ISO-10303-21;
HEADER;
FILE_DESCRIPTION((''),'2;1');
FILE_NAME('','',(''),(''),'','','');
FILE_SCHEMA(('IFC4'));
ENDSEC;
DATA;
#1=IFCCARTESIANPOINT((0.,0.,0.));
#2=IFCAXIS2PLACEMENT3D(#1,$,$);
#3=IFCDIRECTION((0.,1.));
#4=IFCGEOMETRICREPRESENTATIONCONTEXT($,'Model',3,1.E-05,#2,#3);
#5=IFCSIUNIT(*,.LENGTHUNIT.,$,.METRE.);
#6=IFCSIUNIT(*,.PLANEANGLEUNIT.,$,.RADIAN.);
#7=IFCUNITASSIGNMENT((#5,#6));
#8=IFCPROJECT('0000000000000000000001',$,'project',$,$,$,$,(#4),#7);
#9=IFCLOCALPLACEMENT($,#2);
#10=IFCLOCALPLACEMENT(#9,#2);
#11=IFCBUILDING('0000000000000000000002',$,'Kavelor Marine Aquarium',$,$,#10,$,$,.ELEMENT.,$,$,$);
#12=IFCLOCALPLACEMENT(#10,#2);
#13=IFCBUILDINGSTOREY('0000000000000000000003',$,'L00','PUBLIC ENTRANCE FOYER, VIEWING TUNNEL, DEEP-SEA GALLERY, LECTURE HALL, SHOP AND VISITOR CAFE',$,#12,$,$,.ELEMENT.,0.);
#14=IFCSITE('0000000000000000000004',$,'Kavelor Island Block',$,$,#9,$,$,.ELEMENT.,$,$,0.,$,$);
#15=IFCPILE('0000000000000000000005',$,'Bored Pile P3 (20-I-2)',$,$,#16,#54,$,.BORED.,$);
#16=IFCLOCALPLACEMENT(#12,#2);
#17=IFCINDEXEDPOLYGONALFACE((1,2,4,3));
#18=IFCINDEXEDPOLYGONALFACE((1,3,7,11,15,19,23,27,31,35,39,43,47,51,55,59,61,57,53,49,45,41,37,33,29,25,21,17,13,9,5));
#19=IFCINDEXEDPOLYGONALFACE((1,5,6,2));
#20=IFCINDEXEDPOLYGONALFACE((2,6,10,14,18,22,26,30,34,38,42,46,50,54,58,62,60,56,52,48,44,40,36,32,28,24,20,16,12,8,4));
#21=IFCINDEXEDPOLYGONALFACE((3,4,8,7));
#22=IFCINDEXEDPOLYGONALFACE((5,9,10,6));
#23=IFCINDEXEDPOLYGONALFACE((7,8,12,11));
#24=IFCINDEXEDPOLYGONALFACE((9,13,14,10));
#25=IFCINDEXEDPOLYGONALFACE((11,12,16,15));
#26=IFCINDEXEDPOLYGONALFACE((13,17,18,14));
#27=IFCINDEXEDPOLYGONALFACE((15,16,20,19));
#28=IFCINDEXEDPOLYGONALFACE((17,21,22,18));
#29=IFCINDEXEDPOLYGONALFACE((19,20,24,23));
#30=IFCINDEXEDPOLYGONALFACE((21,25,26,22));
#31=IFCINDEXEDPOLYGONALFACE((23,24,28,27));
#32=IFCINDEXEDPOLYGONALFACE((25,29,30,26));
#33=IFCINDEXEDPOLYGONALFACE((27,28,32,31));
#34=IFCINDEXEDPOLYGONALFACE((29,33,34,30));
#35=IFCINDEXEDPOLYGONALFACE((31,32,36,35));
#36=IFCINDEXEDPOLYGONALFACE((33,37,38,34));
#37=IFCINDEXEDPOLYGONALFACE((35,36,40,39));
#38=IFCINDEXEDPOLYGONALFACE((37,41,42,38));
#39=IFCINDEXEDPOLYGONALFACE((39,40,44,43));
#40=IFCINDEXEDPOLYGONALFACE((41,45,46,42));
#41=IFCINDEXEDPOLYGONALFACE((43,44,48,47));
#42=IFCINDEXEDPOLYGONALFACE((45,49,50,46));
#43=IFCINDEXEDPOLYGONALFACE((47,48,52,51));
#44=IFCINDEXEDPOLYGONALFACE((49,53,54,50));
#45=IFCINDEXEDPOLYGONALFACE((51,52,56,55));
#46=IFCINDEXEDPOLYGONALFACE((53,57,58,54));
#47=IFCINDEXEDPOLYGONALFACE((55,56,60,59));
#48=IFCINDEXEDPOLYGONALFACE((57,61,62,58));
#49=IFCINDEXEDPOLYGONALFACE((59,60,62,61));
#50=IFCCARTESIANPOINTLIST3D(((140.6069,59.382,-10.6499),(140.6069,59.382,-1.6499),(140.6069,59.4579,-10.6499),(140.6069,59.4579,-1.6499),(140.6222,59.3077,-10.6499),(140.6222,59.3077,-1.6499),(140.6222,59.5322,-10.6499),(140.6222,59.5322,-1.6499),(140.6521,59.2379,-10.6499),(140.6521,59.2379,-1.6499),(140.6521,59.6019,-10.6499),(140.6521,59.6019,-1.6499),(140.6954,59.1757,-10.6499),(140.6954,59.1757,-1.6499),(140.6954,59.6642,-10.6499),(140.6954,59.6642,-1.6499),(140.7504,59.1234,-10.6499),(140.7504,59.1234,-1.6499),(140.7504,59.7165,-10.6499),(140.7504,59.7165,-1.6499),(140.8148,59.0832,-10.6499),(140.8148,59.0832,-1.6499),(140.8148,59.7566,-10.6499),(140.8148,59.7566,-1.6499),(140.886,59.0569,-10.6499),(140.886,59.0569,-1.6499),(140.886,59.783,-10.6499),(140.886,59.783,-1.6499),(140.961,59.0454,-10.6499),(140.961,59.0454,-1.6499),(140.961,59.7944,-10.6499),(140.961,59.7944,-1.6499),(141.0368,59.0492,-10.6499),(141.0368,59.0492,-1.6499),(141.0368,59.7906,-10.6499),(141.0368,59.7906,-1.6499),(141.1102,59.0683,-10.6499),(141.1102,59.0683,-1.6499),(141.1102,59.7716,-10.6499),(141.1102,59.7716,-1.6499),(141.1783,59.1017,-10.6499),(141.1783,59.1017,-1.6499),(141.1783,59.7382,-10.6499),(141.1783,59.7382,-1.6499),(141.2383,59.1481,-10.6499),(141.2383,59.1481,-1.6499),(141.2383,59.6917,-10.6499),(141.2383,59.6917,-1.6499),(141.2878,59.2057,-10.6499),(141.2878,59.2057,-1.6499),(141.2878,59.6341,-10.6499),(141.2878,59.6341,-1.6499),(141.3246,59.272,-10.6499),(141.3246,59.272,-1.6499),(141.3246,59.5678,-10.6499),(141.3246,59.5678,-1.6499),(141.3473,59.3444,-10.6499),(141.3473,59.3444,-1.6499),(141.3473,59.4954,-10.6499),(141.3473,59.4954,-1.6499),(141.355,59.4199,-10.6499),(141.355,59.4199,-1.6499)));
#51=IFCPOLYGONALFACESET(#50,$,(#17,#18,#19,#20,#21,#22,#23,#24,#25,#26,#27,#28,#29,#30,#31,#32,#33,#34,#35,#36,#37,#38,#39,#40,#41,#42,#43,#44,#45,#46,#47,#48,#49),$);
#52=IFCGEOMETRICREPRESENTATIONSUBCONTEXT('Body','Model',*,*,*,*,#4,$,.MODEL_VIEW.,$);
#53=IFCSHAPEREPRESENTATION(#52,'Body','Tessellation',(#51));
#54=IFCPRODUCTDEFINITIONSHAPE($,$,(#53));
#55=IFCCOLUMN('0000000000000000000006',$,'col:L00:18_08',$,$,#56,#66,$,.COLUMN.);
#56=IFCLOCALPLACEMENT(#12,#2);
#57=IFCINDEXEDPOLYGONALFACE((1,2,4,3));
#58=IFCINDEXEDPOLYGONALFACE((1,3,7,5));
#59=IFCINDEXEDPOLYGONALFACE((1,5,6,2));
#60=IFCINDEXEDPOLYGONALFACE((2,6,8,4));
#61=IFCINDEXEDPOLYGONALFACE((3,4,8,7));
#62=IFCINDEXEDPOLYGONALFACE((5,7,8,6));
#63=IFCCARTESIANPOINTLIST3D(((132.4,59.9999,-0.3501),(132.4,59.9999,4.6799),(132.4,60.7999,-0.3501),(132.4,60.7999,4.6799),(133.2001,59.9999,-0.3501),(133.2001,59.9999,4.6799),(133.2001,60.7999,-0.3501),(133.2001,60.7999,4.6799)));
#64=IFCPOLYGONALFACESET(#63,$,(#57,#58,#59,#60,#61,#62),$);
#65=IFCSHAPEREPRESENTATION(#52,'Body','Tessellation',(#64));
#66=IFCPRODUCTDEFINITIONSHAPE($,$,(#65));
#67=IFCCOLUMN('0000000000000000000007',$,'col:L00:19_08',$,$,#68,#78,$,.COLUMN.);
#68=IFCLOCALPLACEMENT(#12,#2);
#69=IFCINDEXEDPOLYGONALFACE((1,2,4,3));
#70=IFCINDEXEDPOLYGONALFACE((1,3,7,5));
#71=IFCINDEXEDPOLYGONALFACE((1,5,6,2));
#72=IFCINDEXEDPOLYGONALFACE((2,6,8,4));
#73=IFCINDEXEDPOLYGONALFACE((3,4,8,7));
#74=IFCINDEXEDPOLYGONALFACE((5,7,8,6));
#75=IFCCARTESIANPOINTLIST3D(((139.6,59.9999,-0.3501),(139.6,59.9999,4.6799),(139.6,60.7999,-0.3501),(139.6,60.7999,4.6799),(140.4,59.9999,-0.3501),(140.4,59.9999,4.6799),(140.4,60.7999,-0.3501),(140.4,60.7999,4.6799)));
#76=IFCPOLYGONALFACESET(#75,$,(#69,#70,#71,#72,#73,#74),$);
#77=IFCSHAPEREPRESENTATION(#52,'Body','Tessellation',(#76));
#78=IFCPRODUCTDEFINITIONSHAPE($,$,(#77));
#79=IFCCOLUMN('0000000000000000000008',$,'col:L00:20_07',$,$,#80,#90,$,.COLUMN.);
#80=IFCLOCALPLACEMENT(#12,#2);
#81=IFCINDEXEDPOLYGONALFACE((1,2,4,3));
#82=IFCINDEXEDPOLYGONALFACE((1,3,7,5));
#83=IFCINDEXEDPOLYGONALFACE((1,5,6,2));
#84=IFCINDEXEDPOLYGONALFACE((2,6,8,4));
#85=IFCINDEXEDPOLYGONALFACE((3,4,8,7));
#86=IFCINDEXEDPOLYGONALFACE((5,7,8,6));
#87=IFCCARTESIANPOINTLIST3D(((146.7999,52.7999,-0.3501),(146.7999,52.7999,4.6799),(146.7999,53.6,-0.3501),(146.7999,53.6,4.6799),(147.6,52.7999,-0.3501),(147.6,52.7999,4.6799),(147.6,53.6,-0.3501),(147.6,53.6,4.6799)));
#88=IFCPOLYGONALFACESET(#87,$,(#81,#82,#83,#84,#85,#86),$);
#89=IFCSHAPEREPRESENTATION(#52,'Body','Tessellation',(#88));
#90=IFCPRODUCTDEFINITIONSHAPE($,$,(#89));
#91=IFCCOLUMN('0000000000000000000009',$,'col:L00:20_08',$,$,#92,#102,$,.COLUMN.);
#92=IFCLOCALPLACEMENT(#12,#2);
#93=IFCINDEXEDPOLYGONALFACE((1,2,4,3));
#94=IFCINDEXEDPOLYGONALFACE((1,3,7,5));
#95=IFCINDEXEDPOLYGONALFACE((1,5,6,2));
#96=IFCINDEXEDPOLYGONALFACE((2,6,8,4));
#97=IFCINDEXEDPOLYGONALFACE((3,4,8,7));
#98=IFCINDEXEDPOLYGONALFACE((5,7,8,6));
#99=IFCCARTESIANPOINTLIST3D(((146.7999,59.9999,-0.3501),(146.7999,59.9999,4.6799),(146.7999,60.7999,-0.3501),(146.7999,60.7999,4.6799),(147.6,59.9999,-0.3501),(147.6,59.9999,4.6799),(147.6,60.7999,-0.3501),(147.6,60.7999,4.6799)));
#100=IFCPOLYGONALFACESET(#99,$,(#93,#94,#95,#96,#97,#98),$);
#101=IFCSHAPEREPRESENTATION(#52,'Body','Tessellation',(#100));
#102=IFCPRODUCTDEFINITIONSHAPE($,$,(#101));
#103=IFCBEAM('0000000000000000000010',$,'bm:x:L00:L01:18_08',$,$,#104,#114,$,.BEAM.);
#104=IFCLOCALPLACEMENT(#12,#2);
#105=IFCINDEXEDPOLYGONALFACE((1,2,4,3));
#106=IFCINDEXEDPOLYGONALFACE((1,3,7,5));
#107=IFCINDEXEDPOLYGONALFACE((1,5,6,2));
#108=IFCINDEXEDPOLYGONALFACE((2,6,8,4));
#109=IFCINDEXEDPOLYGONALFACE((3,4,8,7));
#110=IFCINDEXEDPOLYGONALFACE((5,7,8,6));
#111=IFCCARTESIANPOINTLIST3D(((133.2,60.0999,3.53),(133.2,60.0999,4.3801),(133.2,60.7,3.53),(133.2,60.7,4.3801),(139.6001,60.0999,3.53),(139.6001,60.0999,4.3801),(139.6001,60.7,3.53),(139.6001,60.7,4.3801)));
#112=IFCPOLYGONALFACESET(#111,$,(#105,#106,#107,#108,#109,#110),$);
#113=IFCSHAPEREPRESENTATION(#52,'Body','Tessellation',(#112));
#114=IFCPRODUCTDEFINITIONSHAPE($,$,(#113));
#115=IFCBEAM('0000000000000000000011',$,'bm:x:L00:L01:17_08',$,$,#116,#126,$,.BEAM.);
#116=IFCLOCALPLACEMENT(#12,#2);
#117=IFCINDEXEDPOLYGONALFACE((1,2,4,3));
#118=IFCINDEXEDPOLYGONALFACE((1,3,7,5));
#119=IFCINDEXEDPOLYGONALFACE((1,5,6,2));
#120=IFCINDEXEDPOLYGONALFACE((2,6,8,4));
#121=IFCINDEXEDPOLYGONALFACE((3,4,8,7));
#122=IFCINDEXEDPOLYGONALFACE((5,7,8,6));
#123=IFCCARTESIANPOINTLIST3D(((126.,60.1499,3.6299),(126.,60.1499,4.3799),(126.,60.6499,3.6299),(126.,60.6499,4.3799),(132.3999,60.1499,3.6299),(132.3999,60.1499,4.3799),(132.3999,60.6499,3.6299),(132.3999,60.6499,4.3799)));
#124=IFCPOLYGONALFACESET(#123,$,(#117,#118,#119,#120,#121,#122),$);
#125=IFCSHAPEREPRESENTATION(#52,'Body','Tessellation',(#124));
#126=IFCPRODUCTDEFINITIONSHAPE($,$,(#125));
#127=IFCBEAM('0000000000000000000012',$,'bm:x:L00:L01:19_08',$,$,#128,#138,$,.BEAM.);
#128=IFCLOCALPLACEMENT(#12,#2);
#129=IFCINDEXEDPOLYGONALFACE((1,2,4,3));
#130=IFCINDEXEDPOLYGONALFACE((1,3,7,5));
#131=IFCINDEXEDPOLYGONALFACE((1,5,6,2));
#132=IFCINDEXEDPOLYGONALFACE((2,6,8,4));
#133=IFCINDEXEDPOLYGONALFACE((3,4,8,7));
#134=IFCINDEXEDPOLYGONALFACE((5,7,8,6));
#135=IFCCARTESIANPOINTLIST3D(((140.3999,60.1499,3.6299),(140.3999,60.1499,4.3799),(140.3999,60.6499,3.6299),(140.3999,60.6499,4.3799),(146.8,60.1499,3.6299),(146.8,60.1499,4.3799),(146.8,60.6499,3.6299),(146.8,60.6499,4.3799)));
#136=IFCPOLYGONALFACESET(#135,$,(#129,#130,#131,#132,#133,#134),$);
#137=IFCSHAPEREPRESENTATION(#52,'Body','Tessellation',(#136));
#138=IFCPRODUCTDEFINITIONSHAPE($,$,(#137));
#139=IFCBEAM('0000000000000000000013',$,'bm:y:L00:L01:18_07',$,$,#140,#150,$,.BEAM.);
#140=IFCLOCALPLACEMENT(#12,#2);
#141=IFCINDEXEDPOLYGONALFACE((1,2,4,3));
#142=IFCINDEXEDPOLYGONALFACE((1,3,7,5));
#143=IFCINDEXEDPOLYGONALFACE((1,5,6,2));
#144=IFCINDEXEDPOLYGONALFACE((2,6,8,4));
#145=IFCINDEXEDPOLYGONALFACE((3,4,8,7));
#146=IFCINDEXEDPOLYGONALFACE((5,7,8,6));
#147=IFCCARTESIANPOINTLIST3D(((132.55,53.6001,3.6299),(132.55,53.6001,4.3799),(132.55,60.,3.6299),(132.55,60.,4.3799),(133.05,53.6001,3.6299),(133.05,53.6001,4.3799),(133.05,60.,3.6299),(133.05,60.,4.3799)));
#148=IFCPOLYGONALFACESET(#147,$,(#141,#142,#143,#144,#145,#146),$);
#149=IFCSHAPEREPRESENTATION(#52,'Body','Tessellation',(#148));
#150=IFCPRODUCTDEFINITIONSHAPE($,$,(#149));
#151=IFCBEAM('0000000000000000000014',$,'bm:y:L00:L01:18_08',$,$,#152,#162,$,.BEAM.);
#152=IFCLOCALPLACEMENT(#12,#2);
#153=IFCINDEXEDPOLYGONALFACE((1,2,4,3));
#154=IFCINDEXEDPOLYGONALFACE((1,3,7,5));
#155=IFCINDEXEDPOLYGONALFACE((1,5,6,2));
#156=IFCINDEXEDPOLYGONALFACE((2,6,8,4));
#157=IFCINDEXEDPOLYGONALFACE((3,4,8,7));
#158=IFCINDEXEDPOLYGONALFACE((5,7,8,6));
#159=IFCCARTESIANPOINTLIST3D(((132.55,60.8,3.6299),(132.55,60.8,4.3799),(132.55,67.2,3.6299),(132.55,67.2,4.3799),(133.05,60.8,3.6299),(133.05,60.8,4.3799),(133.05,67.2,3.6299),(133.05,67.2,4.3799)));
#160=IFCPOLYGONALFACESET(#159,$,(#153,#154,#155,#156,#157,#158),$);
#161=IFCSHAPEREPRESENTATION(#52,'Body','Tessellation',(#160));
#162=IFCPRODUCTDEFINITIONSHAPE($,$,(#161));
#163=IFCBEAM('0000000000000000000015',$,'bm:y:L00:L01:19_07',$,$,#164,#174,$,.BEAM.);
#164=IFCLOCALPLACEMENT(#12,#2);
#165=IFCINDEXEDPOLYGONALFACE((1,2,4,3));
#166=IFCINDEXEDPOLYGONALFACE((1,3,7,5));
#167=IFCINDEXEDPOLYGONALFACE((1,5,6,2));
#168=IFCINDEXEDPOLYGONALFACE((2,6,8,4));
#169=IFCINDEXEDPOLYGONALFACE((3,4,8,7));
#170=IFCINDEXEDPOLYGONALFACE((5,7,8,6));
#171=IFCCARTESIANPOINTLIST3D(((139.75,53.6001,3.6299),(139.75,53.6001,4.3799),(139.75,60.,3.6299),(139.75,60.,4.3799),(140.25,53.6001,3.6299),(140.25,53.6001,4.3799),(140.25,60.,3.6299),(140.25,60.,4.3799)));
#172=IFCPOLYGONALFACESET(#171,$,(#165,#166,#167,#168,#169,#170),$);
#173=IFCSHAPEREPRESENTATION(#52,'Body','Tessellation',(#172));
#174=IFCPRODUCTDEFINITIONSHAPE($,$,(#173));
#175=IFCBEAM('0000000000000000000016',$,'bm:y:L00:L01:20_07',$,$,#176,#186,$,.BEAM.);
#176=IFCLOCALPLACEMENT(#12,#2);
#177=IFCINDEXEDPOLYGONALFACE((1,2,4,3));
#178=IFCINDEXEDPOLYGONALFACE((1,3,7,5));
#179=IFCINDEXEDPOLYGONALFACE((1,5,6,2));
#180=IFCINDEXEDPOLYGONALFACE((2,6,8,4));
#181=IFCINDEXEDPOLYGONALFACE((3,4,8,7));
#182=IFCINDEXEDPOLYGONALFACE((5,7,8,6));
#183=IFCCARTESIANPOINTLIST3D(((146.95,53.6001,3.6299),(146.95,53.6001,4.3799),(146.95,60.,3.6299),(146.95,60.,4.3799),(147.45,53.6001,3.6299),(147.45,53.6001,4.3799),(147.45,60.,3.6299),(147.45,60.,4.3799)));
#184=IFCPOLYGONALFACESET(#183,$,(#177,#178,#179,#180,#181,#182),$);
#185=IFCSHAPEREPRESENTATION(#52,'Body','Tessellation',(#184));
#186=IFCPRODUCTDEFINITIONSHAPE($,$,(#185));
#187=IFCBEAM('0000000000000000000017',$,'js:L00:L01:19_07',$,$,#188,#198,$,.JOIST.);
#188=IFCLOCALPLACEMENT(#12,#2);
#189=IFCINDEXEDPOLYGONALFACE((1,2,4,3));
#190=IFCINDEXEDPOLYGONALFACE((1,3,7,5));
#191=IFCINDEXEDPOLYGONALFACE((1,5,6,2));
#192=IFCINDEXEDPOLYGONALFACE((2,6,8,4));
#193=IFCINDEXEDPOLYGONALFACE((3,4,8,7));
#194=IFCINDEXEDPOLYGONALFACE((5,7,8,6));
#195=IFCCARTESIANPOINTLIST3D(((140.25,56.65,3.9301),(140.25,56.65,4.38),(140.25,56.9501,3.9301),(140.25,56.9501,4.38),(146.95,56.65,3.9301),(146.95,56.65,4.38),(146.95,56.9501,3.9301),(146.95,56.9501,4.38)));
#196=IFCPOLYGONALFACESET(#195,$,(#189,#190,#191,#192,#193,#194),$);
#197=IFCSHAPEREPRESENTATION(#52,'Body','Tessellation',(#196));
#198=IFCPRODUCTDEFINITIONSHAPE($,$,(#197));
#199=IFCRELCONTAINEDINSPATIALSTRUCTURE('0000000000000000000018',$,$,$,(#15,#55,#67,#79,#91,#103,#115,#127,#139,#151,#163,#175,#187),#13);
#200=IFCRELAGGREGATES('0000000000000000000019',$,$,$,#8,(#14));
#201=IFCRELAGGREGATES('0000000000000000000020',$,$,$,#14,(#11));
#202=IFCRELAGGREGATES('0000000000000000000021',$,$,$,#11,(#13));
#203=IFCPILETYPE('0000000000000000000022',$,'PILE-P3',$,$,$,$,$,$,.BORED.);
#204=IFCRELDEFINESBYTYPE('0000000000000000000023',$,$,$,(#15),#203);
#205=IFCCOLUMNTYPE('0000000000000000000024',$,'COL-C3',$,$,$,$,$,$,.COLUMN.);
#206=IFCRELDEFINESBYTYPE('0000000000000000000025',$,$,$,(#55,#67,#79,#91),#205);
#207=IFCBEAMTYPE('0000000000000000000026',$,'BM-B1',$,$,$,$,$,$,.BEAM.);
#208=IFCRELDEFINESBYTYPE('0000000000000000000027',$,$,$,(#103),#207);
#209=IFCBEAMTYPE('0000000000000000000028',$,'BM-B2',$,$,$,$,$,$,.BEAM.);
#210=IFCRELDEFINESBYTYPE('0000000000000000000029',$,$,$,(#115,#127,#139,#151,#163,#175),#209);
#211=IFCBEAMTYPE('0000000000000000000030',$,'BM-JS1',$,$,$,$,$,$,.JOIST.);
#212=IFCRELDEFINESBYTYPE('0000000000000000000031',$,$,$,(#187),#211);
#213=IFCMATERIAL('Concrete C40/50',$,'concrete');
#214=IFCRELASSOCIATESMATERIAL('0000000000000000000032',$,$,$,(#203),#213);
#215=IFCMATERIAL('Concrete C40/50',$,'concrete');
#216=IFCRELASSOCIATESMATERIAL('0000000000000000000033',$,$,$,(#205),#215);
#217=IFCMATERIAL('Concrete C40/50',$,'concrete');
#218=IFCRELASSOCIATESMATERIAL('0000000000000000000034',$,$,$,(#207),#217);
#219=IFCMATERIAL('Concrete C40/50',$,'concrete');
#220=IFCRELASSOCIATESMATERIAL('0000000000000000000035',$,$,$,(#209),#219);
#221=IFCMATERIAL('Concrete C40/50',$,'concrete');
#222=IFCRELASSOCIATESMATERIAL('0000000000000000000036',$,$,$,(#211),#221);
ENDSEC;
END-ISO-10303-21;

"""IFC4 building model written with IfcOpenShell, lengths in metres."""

from ifc_helpers import new_model, si_unit, direction, frame, origin, origin_2d, place, context, subcontext, project, spatial, rectangle, circle, extrude, material, material_profile, profile_set, type_object, element, save


model = new_model("IFC4")

# Units and contexts
model_context = context("Model", 3, precision=1e-05, world=origin(), true_north=direction((0.0, 1.0)))
body_context = subcontext(model_context, "Body", "Model", "MODEL_VIEW")
ifc_project = project(units=[si_unit("LENGTHUNIT", "METRE"), si_unit("PLANEANGLEUNIT", "RADIAN")], contexts=[model_context])

# Site, building, storey
site_placement = place(None, origin())
site = spatial("IfcSite", under=ifc_project, at=site_placement, Name="Kavelor Island Block", CompositionType="ELEMENT", RefElevation=0.0)
building_placement = place(site_placement, origin())
building = spatial("IfcBuilding", under=site, at=building_placement, Name="Kavelor Marine Aquarium", CompositionType="ELEMENT")
storey_placement = place(building_placement, origin())
storey = spatial("IfcBuildingStorey", under=building, at=storey_placement, Name="L00", Description="PUBLIC ENTRANCE FOYER, VIEWING TUNNEL, DEEP-SEA GALLERY, LECTURE HALL, SHOP AND VISITOR CAFE", CompositionType="ELEMENT", Elevation=0.0)

# Pile
ifc_material_1 = material(Name="Concrete C40/50", Category="concrete")
ifc_material_profile_1 = material_profile(ifc_material_1, circle(Radius=0.375, at=origin_2d()), Name="PILE D750")
ifc_profile_set_1 = profile_set([ifc_material_profile_1], Name="Concrete C40/50")
pile_type_1 = type_object("IfcPileType", Name="PILE-P3", PredefinedType="BORED", material=ifc_profile_set_1)
for number, where, z_axis, x_axis, name in (
    (1, (140.98, 59.4199, -1.6499), (0.0, 0.0, -1.0), (1.0, 0.0, 0.0), "Bored Pile P3 (20-I-2)"),
):
    element("IfcPile", number, at=place(storey_placement, frame(where, z_axis=z_axis, x_axis=x_axis)), inside=storey, type_object=pile_type_1, Name=name, PredefinedType="BORED", context=body_context, shape_type="SweptSolid", body=[
        extrude(circle(Radius=0.375, at=origin_2d()), origin(), (0.0, 0.0, 1.0), 9.0),
    ])

# Columns
ifc_material_2 = material(Name="Concrete C40/50", Category="concrete")
ifc_material_profile_2 = material_profile(ifc_material_2, rectangle(XDim=0.8, YDim=0.8, at=origin_2d()), Name="RC-COL 800x800")
ifc_profile_set_2 = profile_set([ifc_material_profile_2], Name="Concrete C40/50")
column_type = type_object("IfcColumnType", Name="COL-C3", PredefinedType="COLUMN", material=ifc_profile_set_2)
for number, where, z_axis, x_axis, name in (
    (2, (132.8, 60.3999, -0.3501), (0.0, 0.0, 1.0), (1.0, 0.0, 0.0), "col:L00:18_08"),
    (3, (140.0, 60.3999, -0.3501), (0.0, 0.0, 1.0), (1.0, 0.0, 0.0), "col:L00:19_08"),
    (4, (147.2, 53.2, -0.3501), (0.0, 0.0, 1.0), (1.0, 0.0, 0.0), "col:L00:20_07"),
    (5, (147.2, 60.3999, -0.3501), (0.0, 0.0, 1.0), (1.0, 0.0, 0.0), "col:L00:20_08"),
):
    element("IfcColumn", number, at=place(storey_placement, frame(where, z_axis=z_axis, x_axis=x_axis)), inside=storey, type_object=column_type, Name=name, PredefinedType="COLUMN", context=body_context, shape_type="SweptSolid", body=[
        extrude(rectangle(XDim=0.8, YDim=0.8, at=origin_2d()), origin(), (0.0, 0.0, 1.0), 5.03),
    ])

# Beams
ifc_material_3 = material(Name="Concrete C40/50", Category="concrete")
ifc_material_profile_3 = material_profile(ifc_material_3, rectangle(XDim=0.6001, YDim=0.8501, at=origin_2d()), Name="RC-BM 600x850")
ifc_profile_set_3 = profile_set([ifc_material_profile_3], Name="Concrete C40/50")
beam_type_1 = type_object("IfcBeamType", Name="BM-B1", PredefinedType="BEAM", material=ifc_profile_set_3)
beam_1_placement = place(storey_placement, frame((133.2, 60.3999, 3.9551), z_axis=(1.0, 0.0, 0.0), x_axis=(0.0, 1.0, 0.0)))
element("IfcBeam", 6, at=beam_1_placement, inside=storey, type_object=beam_type_1, Name="bm:x:L00:L01:18_08", PredefinedType="BEAM", context=body_context, shape_type="SweptSolid", body=[
    extrude(rectangle(XDim=0.6001, YDim=0.8501, at=origin_2d()), origin(), (0.0, 0.0, 1.0), 6.4001),
])
ifc_material_4 = material(Name="Concrete C40/50", Category="concrete")
ifc_material_profile_4 = material_profile(ifc_material_4, rectangle(XDim=0.5, YDim=0.75, at=origin_2d()), Name="RC-BM 500x750")
ifc_profile_set_4 = profile_set([ifc_material_profile_4], Name="Concrete C40/50")
beam_type_2 = type_object("IfcBeamType", Name="BM-B2", PredefinedType="BEAM", material=ifc_profile_set_4)
beam_2_placement = place(storey_placement, frame((126.0, 60.3999, 4.0049), z_axis=(1.0, 0.0, 0.0), x_axis=(0.0, 1.0, 0.0)))
element("IfcBeam", 7, at=beam_2_placement, inside=storey, type_object=beam_type_2, Name="bm:x:L00:L01:17_08", PredefinedType="BEAM", context=body_context, shape_type="SweptSolid", body=[
    extrude(rectangle(XDim=0.5, YDim=0.75, at=origin_2d()), origin(), (0.0, 0.0, 1.0), 6.3999),
])
beam_3_placement = place(storey_placement, frame((140.3999, 60.3999, 4.0049), z_axis=(1.0, 0.0, 0.0), x_axis=(0.0, 1.0, 0.0)))
element("IfcBeam", 8, at=beam_3_placement, inside=storey, type_object=beam_type_2, Name="bm:x:L00:L01:19_08", PredefinedType="BEAM", context=body_context, shape_type="SweptSolid", body=[
    extrude(rectangle(XDim=0.5, YDim=0.75, at=origin_2d()), origin(), (0.0, 0.0, 1.0), 6.4001),
])
for number, where, z_axis, x_axis, name in (
    (9, (132.8, 53.6001, 4.0049), (0.0, 1.0, 0.0), (-1.0, 0.0, 0.0), "bm:y:L00:L01:18_07"),
    (10, (132.8, 60.8, 4.0049), (0.0, 1.0, 0.0), (-1.0, 0.0, 0.0), "bm:y:L00:L01:18_08"),
    (11, (140.0, 53.6001, 4.0049), (0.0, 1.0, 0.0), (-1.0, 0.0, 0.0), "bm:y:L00:L01:19_07"),
    (12, (147.2, 53.6001, 4.0049), (0.0, 1.0, 0.0), (-1.0, 0.0, 0.0), "bm:y:L00:L01:20_07"),
):
    element("IfcBeam", number, at=place(storey_placement, frame(where, z_axis=z_axis, x_axis=x_axis)), inside=storey, type_object=beam_type_2, Name=name, PredefinedType="BEAM", context=body_context, shape_type="SweptSolid", body=[
        extrude(rectangle(XDim=0.5, YDim=0.75, at=origin_2d()), origin(), (0.0, 0.0, 1.0), 6.3999),
    ])
ifc_material_5 = material(Name="Concrete C40/50", Category="concrete")
ifc_material_profile_5 = material_profile(ifc_material_5, rectangle(XDim=0.3, YDim=0.45, at=origin_2d()), Name="RC-JS 300x450")
ifc_profile_set_5 = profile_set([ifc_material_profile_5], Name="Concrete C40/50")
beam_type_3 = type_object("IfcBeamType", Name="BM-JS1", PredefinedType="JOIST", material=ifc_profile_set_5)
beam_4_placement = place(storey_placement, frame((140.25, 56.8, 4.155), z_axis=(1.0, 0.0, 0.0), x_axis=(0.0, 1.0, 0.0)))
element("IfcBeam", 13, at=beam_4_placement, inside=storey, type_object=beam_type_3, Name="js:L00:L01:19_07", PredefinedType="JOIST", context=body_context, shape_type="SweptSolid", body=[
    extrude(rectangle(XDim=0.3, YDim=0.45, at=origin_2d()), origin(), (0.0, 0.0, 1.0), 6.7),
])

save(model, "model.ifc")
